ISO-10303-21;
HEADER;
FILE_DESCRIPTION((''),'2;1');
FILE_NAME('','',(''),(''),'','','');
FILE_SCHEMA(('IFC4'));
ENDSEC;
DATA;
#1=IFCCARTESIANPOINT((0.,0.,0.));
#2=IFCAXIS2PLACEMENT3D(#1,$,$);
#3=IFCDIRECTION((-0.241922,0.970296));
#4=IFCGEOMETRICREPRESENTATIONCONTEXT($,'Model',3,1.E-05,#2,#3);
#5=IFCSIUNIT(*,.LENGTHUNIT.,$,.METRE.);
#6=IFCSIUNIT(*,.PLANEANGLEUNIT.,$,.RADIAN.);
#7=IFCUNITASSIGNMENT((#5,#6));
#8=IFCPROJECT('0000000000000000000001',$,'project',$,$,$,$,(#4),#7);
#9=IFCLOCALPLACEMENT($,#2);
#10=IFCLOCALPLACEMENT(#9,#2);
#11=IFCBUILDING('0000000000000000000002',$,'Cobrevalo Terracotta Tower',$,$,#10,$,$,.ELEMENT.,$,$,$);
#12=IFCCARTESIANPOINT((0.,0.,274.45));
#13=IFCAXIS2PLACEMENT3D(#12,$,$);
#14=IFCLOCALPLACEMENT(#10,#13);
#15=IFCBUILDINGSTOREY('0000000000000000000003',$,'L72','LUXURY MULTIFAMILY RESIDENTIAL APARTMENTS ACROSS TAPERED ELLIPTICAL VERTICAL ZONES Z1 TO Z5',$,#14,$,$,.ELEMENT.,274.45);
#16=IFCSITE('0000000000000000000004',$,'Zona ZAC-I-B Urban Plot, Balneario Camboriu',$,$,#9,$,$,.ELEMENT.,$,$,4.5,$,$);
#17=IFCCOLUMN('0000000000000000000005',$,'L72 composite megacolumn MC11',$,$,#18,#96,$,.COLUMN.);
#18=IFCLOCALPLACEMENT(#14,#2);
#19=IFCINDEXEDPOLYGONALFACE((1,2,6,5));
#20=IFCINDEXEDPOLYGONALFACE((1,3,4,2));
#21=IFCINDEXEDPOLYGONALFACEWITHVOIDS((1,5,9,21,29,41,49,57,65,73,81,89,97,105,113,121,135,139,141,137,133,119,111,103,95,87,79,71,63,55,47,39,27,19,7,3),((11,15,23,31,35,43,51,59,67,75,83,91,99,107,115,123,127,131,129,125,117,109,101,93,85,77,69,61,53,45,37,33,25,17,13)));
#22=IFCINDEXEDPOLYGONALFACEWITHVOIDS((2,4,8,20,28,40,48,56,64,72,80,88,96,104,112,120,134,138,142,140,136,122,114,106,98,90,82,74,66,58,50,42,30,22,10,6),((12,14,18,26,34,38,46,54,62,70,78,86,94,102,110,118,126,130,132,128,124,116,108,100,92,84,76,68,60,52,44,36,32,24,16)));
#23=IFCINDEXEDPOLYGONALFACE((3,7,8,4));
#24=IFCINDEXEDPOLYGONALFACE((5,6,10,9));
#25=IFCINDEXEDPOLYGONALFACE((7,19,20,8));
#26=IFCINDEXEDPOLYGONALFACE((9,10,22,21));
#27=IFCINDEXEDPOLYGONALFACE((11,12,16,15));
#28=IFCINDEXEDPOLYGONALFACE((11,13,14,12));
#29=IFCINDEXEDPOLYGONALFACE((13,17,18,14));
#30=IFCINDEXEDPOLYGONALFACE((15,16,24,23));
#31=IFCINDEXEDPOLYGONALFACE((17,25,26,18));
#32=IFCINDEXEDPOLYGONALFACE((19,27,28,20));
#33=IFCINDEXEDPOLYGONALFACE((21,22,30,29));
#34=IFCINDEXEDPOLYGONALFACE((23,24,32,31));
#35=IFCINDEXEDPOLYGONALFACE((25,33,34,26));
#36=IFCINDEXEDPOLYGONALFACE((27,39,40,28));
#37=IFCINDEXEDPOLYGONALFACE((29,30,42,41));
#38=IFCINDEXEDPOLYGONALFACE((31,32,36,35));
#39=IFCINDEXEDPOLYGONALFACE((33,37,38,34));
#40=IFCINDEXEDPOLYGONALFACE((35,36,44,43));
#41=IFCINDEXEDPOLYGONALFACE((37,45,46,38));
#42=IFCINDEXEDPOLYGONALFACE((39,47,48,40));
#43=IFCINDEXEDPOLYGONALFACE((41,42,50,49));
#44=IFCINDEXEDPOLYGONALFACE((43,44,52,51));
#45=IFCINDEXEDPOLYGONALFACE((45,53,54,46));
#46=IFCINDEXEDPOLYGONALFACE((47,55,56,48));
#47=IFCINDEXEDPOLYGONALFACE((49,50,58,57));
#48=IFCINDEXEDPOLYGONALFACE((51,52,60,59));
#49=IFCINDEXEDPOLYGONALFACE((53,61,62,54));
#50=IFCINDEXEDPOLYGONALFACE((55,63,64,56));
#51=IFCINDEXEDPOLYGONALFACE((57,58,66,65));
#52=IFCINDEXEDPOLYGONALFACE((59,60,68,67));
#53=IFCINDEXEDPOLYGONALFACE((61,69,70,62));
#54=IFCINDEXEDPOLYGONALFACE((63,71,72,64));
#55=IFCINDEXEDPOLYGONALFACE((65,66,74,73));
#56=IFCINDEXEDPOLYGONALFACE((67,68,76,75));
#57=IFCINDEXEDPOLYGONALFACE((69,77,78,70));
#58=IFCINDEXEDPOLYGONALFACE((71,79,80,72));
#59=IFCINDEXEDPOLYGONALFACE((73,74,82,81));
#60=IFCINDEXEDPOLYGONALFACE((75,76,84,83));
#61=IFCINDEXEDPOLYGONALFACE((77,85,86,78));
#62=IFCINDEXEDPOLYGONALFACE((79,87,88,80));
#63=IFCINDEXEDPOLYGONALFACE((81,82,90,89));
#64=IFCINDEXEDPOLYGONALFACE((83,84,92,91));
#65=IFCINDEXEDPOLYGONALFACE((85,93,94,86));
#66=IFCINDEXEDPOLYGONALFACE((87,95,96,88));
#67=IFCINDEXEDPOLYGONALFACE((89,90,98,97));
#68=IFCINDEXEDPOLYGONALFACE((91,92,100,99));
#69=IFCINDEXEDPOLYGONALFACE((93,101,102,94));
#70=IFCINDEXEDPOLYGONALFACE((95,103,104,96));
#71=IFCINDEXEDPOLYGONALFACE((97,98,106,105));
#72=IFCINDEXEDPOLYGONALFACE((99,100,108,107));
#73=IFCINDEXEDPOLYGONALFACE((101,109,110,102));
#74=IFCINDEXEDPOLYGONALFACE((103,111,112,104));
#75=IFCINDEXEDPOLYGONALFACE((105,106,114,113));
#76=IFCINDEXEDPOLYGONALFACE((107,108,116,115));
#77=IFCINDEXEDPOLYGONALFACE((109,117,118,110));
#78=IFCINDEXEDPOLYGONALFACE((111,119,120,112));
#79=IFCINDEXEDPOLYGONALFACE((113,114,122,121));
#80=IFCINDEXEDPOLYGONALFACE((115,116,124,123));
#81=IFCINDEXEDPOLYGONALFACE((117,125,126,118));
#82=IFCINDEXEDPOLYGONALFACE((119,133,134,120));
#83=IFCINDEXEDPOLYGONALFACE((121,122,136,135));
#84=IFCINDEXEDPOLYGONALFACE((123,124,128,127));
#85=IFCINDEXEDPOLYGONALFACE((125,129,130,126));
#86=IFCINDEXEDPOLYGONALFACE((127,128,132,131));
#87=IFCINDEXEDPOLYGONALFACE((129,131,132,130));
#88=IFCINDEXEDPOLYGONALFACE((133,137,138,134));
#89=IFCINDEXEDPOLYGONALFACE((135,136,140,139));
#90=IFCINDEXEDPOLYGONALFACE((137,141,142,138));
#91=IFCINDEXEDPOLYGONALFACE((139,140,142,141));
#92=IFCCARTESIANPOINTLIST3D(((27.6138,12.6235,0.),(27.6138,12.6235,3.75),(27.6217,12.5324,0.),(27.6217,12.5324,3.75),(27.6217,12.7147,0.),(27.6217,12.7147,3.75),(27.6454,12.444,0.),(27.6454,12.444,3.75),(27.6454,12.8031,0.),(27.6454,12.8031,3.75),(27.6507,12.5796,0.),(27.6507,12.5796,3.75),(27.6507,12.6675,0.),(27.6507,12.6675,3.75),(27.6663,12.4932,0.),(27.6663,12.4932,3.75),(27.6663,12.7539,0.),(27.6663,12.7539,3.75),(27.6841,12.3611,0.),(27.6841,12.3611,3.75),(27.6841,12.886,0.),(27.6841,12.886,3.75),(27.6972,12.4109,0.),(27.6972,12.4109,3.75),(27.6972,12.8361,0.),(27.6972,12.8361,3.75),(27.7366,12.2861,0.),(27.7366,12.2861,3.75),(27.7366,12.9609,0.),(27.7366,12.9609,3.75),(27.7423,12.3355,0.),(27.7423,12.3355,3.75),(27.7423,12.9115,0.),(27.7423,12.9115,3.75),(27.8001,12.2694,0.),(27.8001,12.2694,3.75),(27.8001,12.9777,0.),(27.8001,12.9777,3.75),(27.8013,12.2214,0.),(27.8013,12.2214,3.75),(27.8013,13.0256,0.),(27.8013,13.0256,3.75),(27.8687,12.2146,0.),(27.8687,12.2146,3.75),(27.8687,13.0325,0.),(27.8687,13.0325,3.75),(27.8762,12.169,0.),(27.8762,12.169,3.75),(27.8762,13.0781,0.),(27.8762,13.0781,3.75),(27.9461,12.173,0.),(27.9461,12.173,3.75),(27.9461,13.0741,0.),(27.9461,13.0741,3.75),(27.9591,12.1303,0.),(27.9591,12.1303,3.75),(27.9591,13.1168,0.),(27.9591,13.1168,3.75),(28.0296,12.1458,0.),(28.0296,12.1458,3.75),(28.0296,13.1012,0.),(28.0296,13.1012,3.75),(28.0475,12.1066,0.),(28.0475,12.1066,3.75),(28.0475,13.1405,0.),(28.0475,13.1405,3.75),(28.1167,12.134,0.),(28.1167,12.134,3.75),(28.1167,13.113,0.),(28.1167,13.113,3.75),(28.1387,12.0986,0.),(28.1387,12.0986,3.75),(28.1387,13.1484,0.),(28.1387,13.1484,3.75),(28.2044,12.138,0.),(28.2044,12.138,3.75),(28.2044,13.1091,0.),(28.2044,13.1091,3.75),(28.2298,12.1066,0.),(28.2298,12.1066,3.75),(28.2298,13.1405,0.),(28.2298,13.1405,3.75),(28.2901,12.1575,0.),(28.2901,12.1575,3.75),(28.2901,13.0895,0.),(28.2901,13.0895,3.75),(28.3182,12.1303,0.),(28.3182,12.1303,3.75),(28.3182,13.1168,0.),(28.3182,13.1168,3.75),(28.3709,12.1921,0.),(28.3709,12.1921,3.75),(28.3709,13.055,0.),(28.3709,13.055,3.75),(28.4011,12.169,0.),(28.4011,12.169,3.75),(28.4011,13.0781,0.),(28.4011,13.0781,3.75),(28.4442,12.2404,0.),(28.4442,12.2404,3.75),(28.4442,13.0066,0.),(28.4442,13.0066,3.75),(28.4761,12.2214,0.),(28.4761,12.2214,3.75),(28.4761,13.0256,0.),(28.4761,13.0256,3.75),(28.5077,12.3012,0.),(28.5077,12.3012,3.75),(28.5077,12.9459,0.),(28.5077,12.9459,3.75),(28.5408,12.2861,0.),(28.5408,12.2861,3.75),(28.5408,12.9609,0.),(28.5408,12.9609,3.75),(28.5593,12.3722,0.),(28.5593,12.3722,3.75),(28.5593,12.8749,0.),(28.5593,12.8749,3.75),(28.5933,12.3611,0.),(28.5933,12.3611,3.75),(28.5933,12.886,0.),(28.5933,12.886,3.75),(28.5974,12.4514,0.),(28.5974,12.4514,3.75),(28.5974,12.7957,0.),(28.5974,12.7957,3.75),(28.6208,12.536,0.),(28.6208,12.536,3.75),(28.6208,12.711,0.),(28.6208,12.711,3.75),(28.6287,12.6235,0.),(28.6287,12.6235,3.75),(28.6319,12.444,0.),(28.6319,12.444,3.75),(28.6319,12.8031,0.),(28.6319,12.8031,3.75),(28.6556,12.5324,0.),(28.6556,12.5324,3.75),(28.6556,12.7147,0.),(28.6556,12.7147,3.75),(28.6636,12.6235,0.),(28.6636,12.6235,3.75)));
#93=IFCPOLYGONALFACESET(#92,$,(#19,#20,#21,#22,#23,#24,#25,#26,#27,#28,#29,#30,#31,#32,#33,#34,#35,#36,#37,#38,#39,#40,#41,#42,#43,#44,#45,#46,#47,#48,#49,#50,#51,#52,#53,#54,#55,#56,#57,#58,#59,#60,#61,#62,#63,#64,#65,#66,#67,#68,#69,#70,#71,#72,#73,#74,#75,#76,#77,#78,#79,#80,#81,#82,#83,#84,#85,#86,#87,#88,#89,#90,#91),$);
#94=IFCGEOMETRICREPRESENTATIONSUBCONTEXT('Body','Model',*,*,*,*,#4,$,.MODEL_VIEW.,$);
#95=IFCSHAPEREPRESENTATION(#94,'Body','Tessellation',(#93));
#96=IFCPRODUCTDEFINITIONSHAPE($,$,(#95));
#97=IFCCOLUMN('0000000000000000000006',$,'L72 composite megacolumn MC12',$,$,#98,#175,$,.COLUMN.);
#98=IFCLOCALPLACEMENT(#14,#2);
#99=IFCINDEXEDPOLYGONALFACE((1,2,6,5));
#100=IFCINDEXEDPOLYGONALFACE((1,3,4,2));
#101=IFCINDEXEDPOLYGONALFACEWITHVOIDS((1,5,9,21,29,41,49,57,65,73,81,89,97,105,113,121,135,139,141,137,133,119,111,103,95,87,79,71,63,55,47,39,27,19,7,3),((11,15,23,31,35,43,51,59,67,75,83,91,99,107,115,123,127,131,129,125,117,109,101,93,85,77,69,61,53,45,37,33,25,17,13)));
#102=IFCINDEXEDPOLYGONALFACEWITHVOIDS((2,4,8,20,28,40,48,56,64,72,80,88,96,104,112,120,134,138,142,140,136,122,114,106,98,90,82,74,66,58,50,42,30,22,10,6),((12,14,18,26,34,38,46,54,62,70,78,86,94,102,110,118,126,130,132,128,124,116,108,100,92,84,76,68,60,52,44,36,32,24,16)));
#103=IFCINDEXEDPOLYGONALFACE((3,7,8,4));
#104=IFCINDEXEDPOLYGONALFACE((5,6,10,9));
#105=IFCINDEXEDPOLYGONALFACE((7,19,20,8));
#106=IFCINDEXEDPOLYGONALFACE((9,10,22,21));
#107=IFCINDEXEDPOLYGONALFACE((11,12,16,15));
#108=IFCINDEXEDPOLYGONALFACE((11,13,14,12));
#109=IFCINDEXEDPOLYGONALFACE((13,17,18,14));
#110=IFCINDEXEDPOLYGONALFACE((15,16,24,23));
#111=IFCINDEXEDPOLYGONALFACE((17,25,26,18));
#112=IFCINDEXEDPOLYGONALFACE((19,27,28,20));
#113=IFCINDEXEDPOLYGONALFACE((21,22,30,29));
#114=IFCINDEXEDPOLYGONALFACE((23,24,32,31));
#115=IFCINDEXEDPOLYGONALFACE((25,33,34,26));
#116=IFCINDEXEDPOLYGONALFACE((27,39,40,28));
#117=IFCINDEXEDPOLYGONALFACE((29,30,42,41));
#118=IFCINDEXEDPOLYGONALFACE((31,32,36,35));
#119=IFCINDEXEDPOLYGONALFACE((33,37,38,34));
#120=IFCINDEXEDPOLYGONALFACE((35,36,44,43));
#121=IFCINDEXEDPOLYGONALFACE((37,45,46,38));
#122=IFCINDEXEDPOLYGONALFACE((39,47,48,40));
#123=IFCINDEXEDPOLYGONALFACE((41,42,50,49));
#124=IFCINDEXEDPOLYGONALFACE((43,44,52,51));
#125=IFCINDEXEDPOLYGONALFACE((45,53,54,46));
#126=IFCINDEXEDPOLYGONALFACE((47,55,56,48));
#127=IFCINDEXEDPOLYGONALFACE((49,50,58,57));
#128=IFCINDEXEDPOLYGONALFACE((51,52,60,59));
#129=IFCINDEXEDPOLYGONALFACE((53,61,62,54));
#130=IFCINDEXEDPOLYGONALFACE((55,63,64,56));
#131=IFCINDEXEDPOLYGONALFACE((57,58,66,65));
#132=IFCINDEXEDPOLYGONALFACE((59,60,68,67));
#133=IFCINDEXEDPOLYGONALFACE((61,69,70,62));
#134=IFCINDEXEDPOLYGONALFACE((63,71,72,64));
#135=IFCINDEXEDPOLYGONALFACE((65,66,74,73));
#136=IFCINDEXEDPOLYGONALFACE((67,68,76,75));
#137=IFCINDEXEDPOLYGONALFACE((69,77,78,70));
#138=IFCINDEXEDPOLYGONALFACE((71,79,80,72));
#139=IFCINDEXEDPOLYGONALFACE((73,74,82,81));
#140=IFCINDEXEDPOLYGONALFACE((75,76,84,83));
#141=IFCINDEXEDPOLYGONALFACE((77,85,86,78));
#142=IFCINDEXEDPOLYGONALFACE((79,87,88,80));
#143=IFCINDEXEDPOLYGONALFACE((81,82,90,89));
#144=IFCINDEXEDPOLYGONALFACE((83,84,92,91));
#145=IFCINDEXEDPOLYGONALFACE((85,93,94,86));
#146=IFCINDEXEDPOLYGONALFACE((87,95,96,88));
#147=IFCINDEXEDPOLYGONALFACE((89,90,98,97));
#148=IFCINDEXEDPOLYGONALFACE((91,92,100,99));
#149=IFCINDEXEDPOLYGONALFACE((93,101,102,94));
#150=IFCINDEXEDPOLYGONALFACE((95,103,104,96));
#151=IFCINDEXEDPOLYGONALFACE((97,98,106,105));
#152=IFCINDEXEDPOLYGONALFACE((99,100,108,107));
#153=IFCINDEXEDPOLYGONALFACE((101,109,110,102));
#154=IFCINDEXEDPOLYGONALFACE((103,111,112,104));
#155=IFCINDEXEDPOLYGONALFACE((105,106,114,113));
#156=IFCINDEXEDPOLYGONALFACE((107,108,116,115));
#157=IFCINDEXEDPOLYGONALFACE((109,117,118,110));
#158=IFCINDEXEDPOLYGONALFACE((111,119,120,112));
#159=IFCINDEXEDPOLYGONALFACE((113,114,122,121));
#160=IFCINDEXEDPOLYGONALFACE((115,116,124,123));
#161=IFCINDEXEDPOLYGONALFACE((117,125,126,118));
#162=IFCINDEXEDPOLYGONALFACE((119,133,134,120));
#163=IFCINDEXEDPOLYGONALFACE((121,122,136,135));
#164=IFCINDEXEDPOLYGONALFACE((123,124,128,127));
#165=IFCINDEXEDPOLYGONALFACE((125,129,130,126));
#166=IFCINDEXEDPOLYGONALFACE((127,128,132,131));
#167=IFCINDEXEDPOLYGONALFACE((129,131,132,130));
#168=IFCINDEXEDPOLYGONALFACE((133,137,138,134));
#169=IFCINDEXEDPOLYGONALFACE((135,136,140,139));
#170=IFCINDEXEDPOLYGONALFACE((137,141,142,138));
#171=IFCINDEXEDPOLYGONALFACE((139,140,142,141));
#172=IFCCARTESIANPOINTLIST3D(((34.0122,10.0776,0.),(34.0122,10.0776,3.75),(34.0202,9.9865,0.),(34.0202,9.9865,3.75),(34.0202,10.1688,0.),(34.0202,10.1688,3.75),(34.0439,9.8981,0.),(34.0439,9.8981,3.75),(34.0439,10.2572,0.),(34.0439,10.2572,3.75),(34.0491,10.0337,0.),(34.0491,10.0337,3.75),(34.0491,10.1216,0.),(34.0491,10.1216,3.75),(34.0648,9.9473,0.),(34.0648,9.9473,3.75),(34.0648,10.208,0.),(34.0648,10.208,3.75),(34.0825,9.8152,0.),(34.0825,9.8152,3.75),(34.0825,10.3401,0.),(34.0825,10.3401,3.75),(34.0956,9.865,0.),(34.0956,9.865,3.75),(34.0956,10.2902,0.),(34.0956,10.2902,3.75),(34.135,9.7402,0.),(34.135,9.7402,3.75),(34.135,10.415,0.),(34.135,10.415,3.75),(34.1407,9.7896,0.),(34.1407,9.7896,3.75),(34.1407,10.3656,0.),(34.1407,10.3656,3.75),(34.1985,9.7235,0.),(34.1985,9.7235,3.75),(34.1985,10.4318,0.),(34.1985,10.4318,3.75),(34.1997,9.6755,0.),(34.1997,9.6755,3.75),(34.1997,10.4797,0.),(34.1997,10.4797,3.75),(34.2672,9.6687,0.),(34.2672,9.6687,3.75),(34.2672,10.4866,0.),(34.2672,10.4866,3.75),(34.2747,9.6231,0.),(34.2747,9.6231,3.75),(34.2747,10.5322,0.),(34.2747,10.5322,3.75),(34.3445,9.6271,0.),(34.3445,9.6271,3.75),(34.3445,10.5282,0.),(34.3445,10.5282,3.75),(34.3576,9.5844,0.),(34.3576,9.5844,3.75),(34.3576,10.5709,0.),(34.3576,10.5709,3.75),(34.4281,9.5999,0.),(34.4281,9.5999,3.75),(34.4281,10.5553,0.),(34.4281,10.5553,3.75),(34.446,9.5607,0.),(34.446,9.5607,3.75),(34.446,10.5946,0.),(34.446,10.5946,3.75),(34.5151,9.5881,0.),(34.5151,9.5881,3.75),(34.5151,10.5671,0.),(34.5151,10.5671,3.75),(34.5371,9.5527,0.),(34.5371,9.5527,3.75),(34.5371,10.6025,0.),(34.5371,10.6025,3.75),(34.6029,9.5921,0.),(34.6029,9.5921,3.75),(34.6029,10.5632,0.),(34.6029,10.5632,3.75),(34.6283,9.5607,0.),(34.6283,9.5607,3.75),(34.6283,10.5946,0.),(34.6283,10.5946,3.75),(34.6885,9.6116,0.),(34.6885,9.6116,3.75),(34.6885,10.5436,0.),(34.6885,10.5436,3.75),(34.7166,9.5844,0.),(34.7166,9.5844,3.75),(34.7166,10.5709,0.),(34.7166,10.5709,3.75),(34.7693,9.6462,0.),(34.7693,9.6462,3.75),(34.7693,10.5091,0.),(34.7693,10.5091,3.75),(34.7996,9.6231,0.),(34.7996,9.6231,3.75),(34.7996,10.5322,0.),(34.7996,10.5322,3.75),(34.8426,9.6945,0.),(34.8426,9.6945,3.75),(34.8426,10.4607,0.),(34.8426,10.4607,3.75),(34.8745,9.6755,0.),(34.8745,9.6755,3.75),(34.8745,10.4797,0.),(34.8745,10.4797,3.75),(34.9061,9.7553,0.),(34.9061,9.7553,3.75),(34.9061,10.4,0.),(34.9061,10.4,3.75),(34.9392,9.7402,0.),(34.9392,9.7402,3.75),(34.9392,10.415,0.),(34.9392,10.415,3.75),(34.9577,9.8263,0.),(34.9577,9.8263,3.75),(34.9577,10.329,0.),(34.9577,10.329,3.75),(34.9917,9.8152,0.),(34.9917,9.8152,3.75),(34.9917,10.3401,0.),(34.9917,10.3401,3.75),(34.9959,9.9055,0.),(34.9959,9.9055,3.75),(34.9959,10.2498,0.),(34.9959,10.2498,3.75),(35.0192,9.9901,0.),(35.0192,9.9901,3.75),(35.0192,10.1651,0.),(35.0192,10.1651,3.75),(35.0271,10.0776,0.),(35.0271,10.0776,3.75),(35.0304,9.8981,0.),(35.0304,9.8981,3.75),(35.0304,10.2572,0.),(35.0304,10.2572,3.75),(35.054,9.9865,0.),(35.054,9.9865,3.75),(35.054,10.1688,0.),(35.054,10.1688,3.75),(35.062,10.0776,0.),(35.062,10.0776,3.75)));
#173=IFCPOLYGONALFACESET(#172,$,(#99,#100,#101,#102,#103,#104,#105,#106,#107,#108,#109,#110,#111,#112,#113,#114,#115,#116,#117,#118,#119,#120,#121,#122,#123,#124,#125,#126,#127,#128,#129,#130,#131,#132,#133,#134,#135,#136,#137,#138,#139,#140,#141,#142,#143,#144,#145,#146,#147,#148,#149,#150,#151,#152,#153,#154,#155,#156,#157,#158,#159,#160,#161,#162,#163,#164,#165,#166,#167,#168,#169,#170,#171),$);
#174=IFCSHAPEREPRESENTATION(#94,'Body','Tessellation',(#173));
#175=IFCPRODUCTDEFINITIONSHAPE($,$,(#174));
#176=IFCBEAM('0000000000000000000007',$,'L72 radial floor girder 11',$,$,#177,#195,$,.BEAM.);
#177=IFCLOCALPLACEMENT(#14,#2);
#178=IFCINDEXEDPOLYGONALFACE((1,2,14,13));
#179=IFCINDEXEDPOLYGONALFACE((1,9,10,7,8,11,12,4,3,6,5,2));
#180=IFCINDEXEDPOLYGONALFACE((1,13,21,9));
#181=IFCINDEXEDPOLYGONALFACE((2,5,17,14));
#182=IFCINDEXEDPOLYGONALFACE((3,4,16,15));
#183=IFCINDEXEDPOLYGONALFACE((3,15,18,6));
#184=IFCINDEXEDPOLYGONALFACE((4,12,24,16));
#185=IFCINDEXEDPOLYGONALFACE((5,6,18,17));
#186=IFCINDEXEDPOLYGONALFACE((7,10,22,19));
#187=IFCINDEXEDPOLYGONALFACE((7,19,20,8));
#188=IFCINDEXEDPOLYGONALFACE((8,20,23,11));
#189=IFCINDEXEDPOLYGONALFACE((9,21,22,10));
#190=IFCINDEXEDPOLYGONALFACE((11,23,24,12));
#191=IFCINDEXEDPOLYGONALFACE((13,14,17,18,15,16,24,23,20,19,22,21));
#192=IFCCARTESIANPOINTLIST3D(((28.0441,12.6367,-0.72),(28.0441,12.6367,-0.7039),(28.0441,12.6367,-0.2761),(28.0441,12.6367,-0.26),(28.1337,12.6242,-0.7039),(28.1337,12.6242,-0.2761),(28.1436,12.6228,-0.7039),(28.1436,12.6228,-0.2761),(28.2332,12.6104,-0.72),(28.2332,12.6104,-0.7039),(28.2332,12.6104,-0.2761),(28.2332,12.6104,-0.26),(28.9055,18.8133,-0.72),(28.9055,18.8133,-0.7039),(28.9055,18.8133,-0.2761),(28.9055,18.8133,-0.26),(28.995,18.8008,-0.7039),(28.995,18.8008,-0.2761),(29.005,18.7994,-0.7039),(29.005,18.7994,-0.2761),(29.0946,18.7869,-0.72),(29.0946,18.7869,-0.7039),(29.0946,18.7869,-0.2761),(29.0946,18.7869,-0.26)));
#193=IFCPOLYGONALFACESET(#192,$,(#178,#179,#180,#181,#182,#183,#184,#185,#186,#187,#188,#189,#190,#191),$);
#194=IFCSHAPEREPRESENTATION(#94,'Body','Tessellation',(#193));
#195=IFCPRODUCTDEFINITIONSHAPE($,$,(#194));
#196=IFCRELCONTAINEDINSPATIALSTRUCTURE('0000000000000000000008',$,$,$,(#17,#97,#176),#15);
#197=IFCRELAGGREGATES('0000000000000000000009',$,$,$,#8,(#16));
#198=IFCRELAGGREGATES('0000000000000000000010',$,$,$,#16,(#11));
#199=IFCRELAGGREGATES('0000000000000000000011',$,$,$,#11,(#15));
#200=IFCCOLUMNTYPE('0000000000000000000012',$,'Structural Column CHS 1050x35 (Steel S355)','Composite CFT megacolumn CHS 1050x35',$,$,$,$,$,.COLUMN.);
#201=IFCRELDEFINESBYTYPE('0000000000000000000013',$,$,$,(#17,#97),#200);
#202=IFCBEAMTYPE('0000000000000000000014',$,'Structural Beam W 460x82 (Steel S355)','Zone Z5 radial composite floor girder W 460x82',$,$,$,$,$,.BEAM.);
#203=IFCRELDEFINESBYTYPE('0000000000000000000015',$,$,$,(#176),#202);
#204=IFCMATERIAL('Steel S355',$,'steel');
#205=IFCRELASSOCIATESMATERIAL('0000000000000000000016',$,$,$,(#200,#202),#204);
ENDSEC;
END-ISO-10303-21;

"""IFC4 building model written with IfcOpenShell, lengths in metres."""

from ifc_helpers import new_model, si_unit, direction, frame, origin, origin_2d, place, context, subcontext, project, spatial, hollow_circle, i_section, extrude, material, material_profile, profile_set, type_object, element, save


model = new_model("IFC4")

# Units and contexts
model_context = context("Model", 3, precision=1e-05, world=origin(), true_north=direction((-0.241922, 0.970296)))
body_context = subcontext(model_context, "Body", "Model", "MODEL_VIEW")
ifc_project = project(units=[si_unit("LENGTHUNIT", "METRE"), si_unit("PLANEANGLEUNIT", "RADIAN")], contexts=[model_context])

# Site, building, storey
site_placement = place(None, origin())
site = spatial("IfcSite", under=ifc_project, at=site_placement, Name="Zona ZAC-I-B Urban Plot, Balneario Camboriu", CompositionType="ELEMENT", RefElevation=4.5)
building_placement = place(site_placement, origin())
building = spatial("IfcBuilding", under=site, at=building_placement, Name="Cobrevalo Terracotta Tower", CompositionType="ELEMENT")
storey_placement = place(building_placement, frame((0.0, 0.0, 274.45)))
storey = spatial("IfcBuildingStorey", under=building, at=storey_placement, Name="L72", Description="LUXURY MULTIFAMILY RESIDENTIAL APARTMENTS ACROSS TAPERED ELLIPTICAL VERTICAL ZONES Z1 TO Z5", CompositionType="ELEMENT", Elevation=274.45)

# Columns
ifc_material_1 = material(Name="Steel S355", Category="steel")
ifc_material_profile_1 = material_profile(ifc_material_1, hollow_circle(Radius=0.5249, WallThickness=0.0349, at=origin_2d()), Name="CHS 1050x35")
ifc_profile_set_1 = profile_set([ifc_material_profile_1], Name="Steel S355")
column_type = type_object("IfcColumnType", Name="Structural Column CHS 1050x35 (Steel S355)", Description="Composite CFT megacolumn CHS 1050x35", PredefinedType="COLUMN", material=ifc_profile_set_1)
for number, where, z_axis, x_axis, name in (
    (1, (28.1387, 12.6235, 0.0), (0.0, 0.0, 1.0), (1.0, 0.0, 0.0), "L72 composite megacolumn MC11"),
    (2, (34.5371, 10.0776, 0.0), (0.0, 0.0, 1.0), (1.0, 0.0, 0.0), "L72 composite megacolumn MC12"),
):
    element("IfcColumn", number, at=place(storey_placement, frame(where, z_axis=z_axis, x_axis=x_axis)), inside=storey, type_object=column_type, Name=name, PredefinedType="COLUMN", context=body_context, shape_type="SweptSolid", body=[
        extrude(hollow_circle(Radius=0.5249, WallThickness=0.0349, at=origin_2d()), origin(), (0.0, 0.0, 1.0), 3.75),
    ])

# Beam
ifc_material_profile_2 = material_profile(ifc_material_1, i_section(OverallWidth=0.1909, OverallDepth=0.46, WebThickness=0.01, FlangeThickness=0.0161, at=origin_2d()), Name="W 460x82")
ifc_profile_set_2 = profile_set([ifc_material_profile_2], Name="Steel S355")
beam_type_1 = type_object("IfcBeamType", Name="Structural Beam W 460x82 (Steel S355)", Description="Zone Z5 radial composite floor girder W 460x82", PredefinedType="BEAM", material=ifc_profile_set_2)
beam_1_placement = place(storey_placement, frame((28.1387, 12.6235, -0.49), z_axis=(0.138116, 0.990416, 0.0), x_axis=(-0.990416, 0.138116, 0.0)))
element("IfcBeam", 3, at=beam_1_placement, inside=storey, type_object=beam_type_1, Name="L72 radial floor girder 11", PredefinedType="BEAM", context=body_context, shape_type="SweptSolid", body=[
    extrude(i_section(OverallWidth=0.1909, OverallDepth=0.46, WebThickness=0.01, FlangeThickness=0.0161, at=origin_2d()), origin(), (0.0, 0.0, 1.0), 6.2363),
])

save(model, "model.ifc")
